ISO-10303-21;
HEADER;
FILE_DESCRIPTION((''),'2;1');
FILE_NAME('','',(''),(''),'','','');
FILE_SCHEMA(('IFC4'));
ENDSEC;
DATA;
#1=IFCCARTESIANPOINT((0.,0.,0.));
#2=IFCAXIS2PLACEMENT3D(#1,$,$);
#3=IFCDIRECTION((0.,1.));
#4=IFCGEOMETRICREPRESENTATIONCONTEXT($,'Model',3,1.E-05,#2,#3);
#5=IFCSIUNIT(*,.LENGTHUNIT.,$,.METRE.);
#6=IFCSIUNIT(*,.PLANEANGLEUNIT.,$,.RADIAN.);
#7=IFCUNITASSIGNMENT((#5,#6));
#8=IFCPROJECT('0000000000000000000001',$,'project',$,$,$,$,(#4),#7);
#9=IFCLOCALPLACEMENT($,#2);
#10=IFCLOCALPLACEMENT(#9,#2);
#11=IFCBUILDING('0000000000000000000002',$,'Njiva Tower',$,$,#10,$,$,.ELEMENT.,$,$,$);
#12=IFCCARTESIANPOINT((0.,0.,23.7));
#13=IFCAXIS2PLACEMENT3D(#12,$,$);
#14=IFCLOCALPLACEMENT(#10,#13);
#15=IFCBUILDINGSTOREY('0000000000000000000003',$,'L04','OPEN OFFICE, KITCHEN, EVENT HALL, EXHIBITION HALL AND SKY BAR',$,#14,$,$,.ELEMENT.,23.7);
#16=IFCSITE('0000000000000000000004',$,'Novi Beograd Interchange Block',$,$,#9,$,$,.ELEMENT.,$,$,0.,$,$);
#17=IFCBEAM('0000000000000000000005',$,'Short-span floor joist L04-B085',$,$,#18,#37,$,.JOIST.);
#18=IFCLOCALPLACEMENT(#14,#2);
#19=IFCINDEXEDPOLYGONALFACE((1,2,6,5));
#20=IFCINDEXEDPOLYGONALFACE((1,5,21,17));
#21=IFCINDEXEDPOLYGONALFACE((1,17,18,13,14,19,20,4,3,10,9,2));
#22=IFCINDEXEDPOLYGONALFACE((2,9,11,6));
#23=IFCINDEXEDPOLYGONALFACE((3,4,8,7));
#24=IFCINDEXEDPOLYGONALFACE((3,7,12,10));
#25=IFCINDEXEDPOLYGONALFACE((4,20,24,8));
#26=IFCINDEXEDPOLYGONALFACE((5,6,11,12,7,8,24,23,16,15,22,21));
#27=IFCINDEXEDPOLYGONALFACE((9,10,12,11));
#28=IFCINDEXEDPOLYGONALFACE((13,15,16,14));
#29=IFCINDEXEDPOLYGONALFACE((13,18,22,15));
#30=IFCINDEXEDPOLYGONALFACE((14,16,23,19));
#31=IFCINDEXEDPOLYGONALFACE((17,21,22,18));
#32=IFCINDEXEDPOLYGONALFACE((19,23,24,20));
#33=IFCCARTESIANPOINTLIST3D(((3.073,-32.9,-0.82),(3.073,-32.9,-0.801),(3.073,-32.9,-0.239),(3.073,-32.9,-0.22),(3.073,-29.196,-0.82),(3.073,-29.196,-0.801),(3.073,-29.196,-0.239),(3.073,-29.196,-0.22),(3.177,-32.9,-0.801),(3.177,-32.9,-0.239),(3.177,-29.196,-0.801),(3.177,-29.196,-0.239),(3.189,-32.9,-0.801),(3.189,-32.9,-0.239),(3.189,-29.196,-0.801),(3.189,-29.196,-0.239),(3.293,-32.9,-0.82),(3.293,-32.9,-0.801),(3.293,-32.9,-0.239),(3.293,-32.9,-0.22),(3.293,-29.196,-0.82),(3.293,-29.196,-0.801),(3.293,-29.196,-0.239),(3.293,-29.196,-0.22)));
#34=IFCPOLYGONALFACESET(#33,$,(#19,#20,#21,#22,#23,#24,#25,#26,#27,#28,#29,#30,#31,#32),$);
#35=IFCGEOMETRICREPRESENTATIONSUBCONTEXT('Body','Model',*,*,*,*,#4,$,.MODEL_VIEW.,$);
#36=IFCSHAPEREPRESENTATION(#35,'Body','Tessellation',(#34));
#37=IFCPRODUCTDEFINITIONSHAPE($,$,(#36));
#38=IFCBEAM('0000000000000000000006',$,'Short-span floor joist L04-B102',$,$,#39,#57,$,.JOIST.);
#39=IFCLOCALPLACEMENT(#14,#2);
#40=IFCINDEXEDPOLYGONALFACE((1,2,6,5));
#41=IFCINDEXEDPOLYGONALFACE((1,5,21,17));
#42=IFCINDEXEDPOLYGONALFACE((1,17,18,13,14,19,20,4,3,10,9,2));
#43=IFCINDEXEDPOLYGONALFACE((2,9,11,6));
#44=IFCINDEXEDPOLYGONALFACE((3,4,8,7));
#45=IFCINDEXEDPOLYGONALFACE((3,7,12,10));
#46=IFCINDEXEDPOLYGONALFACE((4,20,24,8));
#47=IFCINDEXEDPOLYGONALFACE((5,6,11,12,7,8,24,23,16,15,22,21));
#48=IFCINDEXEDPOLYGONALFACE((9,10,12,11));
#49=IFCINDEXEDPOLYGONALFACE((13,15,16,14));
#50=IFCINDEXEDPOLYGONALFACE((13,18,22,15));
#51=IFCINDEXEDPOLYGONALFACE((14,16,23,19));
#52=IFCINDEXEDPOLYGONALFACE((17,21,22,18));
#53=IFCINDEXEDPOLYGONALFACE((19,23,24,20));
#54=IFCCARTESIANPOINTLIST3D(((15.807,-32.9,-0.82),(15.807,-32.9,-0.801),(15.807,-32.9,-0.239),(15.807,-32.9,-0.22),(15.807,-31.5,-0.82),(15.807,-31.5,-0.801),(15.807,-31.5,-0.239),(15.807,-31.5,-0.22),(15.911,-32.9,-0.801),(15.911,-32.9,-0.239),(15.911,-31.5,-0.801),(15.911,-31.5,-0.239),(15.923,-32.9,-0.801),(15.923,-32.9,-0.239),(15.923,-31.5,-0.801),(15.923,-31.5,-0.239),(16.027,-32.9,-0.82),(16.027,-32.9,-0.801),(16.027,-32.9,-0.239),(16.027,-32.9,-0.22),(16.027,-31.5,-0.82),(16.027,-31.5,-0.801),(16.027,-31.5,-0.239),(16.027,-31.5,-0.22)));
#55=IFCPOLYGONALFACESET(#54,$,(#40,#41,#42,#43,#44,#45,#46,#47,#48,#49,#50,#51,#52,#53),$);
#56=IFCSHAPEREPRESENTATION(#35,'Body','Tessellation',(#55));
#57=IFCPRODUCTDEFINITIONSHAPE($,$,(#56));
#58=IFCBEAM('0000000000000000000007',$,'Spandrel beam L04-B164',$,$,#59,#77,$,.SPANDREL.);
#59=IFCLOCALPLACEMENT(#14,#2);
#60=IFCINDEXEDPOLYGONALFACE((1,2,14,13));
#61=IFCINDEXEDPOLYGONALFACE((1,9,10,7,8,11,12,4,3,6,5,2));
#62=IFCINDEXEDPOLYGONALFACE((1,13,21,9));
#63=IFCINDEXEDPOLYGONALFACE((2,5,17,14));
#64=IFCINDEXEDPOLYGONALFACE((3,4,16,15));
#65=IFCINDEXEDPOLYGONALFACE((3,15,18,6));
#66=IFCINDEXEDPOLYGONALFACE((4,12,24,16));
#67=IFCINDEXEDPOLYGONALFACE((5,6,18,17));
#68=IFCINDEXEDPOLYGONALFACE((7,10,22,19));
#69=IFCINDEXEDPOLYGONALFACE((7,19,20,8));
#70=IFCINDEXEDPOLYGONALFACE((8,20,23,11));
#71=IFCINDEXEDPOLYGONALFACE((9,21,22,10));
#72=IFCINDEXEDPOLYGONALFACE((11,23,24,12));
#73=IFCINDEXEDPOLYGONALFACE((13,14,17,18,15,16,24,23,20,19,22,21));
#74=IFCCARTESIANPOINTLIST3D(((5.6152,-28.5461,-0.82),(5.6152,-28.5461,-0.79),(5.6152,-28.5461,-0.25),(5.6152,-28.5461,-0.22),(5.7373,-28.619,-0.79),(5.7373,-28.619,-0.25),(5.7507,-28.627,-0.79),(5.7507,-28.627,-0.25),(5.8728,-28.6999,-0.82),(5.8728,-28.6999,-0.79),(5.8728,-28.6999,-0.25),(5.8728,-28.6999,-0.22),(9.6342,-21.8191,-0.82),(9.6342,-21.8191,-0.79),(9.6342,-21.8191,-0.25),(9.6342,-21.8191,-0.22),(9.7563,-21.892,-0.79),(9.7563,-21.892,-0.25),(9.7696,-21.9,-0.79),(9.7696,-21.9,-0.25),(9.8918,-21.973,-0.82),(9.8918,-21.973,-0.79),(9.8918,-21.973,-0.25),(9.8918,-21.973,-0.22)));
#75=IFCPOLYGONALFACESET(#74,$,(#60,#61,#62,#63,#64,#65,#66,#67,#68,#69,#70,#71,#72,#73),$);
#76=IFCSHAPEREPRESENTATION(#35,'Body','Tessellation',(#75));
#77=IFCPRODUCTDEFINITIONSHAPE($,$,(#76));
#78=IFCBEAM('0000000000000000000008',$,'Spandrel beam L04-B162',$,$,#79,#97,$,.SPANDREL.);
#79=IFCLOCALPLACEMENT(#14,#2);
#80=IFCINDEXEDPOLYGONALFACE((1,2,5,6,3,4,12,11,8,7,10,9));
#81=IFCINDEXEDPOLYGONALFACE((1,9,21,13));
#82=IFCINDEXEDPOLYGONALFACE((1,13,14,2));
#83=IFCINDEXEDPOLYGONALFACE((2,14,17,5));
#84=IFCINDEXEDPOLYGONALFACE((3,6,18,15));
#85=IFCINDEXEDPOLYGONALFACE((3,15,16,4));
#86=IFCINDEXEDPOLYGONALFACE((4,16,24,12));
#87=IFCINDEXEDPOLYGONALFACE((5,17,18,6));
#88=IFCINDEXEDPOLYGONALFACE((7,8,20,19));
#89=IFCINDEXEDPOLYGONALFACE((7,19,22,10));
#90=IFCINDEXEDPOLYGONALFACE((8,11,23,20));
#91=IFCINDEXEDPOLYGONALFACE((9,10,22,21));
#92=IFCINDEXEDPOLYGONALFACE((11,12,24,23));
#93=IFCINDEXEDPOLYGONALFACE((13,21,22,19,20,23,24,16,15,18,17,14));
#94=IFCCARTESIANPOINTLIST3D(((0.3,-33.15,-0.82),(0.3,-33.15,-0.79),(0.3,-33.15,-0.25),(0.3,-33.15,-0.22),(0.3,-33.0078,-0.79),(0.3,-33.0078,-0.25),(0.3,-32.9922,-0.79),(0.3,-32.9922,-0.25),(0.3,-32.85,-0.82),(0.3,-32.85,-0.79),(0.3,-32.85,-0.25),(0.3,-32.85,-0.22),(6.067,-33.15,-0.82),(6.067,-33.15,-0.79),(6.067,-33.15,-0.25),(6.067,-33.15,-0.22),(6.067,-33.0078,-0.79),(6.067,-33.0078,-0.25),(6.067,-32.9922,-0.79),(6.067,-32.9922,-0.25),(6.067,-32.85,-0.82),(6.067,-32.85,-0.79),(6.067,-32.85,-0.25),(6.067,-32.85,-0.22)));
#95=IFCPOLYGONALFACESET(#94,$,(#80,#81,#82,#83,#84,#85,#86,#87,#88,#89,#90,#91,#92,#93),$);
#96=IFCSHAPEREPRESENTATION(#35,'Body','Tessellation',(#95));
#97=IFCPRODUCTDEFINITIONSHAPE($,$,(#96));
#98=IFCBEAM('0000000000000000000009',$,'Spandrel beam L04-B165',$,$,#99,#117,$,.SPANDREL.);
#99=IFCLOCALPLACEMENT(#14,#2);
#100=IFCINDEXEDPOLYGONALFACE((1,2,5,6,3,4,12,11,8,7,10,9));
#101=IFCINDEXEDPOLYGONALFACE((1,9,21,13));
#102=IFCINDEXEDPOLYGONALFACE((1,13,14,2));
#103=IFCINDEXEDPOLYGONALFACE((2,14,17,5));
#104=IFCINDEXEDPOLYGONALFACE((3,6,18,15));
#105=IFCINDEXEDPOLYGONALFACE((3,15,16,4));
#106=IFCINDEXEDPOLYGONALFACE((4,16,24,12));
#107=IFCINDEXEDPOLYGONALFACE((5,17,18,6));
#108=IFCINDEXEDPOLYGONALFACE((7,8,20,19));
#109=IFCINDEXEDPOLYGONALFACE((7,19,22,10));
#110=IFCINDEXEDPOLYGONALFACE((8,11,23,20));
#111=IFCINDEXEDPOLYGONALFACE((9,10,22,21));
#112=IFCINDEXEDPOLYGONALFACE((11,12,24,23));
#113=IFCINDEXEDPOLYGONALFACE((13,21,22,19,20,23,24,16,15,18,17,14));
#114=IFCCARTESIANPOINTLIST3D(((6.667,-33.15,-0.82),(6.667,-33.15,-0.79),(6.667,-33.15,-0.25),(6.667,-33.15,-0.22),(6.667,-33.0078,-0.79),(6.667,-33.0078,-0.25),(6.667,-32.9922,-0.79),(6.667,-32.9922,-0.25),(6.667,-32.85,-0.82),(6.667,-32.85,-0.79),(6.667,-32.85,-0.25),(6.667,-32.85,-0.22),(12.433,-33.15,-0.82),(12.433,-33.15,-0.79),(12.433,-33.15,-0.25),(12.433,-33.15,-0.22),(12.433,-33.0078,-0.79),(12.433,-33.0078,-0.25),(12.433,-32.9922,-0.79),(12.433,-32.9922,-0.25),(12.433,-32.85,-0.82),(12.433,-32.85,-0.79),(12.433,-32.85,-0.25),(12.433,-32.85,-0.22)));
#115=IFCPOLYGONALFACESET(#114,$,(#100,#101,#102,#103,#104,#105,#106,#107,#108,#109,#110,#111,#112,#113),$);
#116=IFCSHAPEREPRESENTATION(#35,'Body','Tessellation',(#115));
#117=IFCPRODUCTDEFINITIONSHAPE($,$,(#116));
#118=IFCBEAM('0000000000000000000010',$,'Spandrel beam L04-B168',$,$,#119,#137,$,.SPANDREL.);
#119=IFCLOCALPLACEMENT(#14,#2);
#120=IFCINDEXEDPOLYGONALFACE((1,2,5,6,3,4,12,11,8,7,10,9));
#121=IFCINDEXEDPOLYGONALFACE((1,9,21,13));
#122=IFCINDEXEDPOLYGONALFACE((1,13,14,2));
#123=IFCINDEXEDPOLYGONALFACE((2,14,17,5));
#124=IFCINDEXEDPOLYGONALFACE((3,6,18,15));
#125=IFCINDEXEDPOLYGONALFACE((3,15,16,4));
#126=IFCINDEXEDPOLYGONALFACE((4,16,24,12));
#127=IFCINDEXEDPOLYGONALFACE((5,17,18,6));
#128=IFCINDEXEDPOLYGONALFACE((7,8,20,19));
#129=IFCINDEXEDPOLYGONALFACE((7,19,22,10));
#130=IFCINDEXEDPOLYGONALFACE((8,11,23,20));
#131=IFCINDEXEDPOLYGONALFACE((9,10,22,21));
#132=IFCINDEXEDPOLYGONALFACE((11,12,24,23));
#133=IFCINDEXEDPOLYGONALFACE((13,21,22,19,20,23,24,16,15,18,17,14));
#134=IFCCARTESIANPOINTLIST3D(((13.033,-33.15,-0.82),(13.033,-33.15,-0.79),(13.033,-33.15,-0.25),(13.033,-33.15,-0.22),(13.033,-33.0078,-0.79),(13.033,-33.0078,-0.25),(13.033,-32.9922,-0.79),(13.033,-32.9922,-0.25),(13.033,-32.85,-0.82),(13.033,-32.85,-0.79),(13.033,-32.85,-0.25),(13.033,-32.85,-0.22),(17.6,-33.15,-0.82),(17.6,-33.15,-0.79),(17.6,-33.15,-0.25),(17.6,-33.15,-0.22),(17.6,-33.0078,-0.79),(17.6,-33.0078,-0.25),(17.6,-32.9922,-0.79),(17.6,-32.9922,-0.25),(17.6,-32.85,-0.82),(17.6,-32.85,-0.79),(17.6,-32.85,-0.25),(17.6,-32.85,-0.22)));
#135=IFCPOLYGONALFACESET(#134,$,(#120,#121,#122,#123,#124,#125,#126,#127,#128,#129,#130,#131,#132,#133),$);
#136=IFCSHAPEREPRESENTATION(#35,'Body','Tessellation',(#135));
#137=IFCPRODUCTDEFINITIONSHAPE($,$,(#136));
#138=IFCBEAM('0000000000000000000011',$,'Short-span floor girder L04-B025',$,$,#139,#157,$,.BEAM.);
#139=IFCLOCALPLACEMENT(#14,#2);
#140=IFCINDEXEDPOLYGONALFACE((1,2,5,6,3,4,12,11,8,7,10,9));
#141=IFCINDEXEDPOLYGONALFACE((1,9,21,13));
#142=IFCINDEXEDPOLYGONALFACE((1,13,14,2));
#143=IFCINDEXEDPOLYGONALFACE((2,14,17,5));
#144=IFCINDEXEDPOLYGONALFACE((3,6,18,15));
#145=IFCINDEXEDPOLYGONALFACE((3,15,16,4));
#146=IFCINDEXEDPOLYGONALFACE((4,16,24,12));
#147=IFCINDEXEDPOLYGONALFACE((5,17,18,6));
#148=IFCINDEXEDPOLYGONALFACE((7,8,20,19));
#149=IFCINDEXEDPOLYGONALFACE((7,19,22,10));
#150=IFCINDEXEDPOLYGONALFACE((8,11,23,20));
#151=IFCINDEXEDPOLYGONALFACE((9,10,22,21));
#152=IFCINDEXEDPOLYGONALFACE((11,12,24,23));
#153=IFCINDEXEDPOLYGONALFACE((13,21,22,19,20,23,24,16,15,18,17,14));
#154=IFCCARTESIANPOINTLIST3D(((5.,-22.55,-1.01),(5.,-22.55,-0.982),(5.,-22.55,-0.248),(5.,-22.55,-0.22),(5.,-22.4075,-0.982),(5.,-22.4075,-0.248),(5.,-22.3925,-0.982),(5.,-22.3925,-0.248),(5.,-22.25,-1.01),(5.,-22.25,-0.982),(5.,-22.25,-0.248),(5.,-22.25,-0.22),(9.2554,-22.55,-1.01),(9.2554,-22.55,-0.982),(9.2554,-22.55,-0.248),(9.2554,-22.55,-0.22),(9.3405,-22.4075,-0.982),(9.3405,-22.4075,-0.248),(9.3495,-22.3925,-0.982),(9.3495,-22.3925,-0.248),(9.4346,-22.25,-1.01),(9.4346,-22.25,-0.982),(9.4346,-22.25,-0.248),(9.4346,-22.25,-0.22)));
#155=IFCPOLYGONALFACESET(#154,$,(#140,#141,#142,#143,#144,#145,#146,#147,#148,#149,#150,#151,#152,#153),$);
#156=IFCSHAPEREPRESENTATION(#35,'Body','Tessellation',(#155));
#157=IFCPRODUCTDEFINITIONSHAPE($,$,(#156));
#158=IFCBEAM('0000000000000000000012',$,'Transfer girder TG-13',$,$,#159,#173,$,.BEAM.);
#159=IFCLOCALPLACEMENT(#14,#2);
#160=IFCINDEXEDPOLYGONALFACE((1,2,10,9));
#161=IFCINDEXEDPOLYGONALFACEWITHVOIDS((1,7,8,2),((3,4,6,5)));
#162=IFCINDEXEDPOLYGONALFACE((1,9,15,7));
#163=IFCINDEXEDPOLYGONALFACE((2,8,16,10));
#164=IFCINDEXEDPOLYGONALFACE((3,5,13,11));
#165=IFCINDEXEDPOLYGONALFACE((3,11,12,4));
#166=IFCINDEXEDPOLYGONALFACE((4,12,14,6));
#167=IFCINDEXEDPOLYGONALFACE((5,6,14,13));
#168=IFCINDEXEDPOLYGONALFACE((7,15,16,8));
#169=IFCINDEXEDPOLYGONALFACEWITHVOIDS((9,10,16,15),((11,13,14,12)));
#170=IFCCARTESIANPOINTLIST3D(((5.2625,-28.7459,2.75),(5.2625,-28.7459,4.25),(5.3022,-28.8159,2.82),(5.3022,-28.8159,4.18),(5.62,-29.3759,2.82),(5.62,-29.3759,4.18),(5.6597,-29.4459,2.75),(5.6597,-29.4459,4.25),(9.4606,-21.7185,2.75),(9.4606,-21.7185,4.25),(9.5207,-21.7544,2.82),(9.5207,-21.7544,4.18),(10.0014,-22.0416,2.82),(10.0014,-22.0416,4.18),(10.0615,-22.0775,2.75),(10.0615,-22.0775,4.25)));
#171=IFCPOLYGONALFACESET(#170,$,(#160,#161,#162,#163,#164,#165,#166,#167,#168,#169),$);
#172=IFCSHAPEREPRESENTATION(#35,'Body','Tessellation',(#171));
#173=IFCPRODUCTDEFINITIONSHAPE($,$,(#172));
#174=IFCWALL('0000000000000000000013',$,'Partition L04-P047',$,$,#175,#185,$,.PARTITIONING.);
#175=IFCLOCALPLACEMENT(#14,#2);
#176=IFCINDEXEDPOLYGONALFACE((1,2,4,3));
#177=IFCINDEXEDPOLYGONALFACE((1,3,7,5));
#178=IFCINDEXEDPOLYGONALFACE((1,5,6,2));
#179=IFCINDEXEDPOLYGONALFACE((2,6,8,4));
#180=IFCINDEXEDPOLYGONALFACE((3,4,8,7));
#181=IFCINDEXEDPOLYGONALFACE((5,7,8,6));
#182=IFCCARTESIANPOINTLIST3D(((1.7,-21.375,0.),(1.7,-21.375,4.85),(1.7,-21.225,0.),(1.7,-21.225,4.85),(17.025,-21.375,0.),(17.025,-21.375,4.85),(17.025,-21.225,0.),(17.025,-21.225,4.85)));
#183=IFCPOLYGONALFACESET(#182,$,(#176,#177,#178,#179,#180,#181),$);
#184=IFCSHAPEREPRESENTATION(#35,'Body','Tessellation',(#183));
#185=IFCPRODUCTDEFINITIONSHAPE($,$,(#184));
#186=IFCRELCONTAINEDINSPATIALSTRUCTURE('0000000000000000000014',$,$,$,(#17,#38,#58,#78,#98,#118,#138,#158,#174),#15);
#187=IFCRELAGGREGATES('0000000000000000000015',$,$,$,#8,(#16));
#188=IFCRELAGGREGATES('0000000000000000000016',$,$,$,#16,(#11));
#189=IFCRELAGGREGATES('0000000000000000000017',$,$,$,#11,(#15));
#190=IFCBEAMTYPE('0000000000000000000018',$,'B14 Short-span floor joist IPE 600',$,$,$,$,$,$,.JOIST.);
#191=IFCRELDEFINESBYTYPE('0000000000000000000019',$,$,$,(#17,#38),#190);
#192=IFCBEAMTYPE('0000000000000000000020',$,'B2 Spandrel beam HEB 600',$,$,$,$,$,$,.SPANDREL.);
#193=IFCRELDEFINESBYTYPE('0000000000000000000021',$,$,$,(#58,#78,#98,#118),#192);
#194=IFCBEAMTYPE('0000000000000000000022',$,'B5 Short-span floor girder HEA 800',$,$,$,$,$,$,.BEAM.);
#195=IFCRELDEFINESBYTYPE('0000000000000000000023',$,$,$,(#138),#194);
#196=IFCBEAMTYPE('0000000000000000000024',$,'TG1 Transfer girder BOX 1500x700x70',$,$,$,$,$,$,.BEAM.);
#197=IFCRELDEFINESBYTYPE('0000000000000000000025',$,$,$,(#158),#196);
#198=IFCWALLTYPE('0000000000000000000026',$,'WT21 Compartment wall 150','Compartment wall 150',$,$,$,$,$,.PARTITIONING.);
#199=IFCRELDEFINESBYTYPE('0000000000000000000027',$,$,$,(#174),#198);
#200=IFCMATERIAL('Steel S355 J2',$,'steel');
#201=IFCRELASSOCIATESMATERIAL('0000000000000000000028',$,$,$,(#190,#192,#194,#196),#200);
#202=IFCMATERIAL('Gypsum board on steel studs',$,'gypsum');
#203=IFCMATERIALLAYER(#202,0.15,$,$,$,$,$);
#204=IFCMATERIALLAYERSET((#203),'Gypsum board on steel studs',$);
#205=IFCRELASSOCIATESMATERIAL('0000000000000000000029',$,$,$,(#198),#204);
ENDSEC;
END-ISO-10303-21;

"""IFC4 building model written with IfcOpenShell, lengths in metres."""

from ifc_helpers import new_model, si_unit, direction, frame, frame_2d, origin, origin_2d, place, context, subcontext, project, spatial, rectangle, hollow_rectangle, i_section, extrude, clip, halfspace, material, layer, layer_set, material_profile, profile_set, type_object, element, save


model = new_model("IFC4")

# Units and contexts
model_context = context("Model", 3, precision=1e-05, world=origin(), true_north=direction((0.0, 1.0)))
body_context = subcontext(model_context, "Body", "Model", "MODEL_VIEW")
ifc_project = project(units=[si_unit("LENGTHUNIT", "METRE"), si_unit("PLANEANGLEUNIT", "RADIAN")], contexts=[model_context])

# Site, building, storey
site_placement = place(None, origin())
site = spatial("IfcSite", under=ifc_project, at=site_placement, Name="Novi Beograd Interchange Block", CompositionType="ELEMENT", RefElevation=0.0)
building_placement = place(site_placement, origin())
building = spatial("IfcBuilding", under=site, at=building_placement, Name="Njiva Tower", CompositionType="ELEMENT")
storey_placement = place(building_placement, frame((0.0, 0.0, 23.7)))
storey = spatial("IfcBuildingStorey", under=building, at=storey_placement, Name="L04", Description="OPEN OFFICE, KITCHEN, EVENT HALL, EXHIBITION HALL AND SKY BAR", CompositionType="ELEMENT", Elevation=23.7)

# Shared definitions
ifc_material_1 = material(Name="Steel S355 J2", Category="steel")

# Beams
ifc_material_profile_1 = material_profile(ifc_material_1, i_section(OverallWidth=0.22, OverallDepth=0.6, WebThickness=0.012, FlangeThickness=0.019, at=origin_2d()), Name="IPE 600")
ifc_profile_set_1 = profile_set([ifc_material_profile_1], Name="Steel S355 J2")
beam_type_1 = type_object("IfcBeamType", Name="B14 Short-span floor joist IPE 600", PredefinedType="JOIST", material=ifc_profile_set_1)
beam_1_placement = place(storey_placement, frame((3.183, -29.196, -0.52), z_axis=(0.0, -1.0, 0.0), x_axis=(1.0, 0.0, 0.0)))
element("IfcBeam", 1, at=beam_1_placement, inside=storey, type_object=beam_type_1, Name="Short-span floor joist L04-B085", PredefinedType="JOIST", context=body_context, shape_type="SweptSolid", body=[
    extrude(i_section(OverallWidth=0.22, OverallDepth=0.6, WebThickness=0.012, FlangeThickness=0.019, at=origin_2d()), origin(), (0.0, 0.0, 1.0), 3.704),
])
beam_2_placement = place(storey_placement, frame((15.917, -31.5, -0.52), z_axis=(0.0, -1.0, 0.0), x_axis=(1.0, 0.0, 0.0)))
element("IfcBeam", 2, at=beam_2_placement, inside=storey, type_object=beam_type_1, Name="Short-span floor joist L04-B102", PredefinedType="JOIST", context=body_context, shape_type="SweptSolid", body=[
    extrude(i_section(OverallWidth=0.22, OverallDepth=0.6, WebThickness=0.012, FlangeThickness=0.019, at=origin_2d()), origin(), (0.0, 0.0, 1.0), 1.4),
])
ifc_material_profile_2 = material_profile(ifc_material_1, i_section(OverallWidth=0.3, OverallDepth=0.6, WebThickness=0.0155, FlangeThickness=0.03, at=origin_2d()), Name="HEB 600")
ifc_profile_set_2 = profile_set([ifc_material_profile_2], Name="Steel S355 J2")
beam_type_2 = type_object("IfcBeamType", Name="B2 Spandrel beam HEB 600", PredefinedType="SPANDREL", material=ifc_profile_set_2)
beam_3_placement = place(storey_placement, frame((5.744, -28.623, -0.52), z_axis=(0.512881, 0.85846, 0.0), x_axis=(-0.85846, 0.512881, 0.0)))
element("IfcBeam", 3, at=beam_3_placement, inside=storey, type_object=beam_type_2, Name="Spandrel beam L04-B164", PredefinedType="SPANDREL", context=body_context, shape_type="SweptSolid", body=[
    extrude(i_section(OverallWidth=0.3, OverallDepth=0.6, WebThickness=0.0155, FlangeThickness=0.03, at=origin_2d()), origin(), (0.0, 0.0, 1.0), 7.8361),
])
beam_4_placement = place(storey_placement, frame((0.3, -33.0, -0.52), z_axis=(1.0, 0.0, 0.0), x_axis=(0.0, 1.0, 0.0)))
element("IfcBeam", 4, at=beam_4_placement, inside=storey, type_object=beam_type_2, Name="Spandrel beam L04-B162", PredefinedType="SPANDREL", context=body_context, shape_type="SweptSolid", body=[
    extrude(i_section(OverallWidth=0.3, OverallDepth=0.6, WebThickness=0.0155, FlangeThickness=0.03, at=origin_2d()), origin(), (0.0, 0.0, 1.0), 5.767),
])
beam_5_placement = place(storey_placement, frame((6.667, -33.0, -0.52), z_axis=(1.0, 0.0, 0.0), x_axis=(0.0, 1.0, 0.0)))
element("IfcBeam", 5, at=beam_5_placement, inside=storey, type_object=beam_type_2, Name="Spandrel beam L04-B165", PredefinedType="SPANDREL", context=body_context, shape_type="SweptSolid", body=[
    extrude(i_section(OverallWidth=0.3, OverallDepth=0.6, WebThickness=0.0155, FlangeThickness=0.03, at=origin_2d()), origin(), (0.0, 0.0, 1.0), 5.766),
])
beam_6_placement = place(storey_placement, frame((13.033, -33.0, -0.52), z_axis=(1.0, 0.0, 0.0), x_axis=(0.0, 1.0, 0.0)))
element("IfcBeam", 6, at=beam_6_placement, inside=storey, type_object=beam_type_2, Name="Spandrel beam L04-B168", PredefinedType="SPANDREL", context=body_context, shape_type="SweptSolid", body=[
    extrude(i_section(OverallWidth=0.3, OverallDepth=0.6, WebThickness=0.0155, FlangeThickness=0.03, at=origin_2d()), origin(), (0.0, 0.0, 1.0), 4.567),
])
ifc_material_profile_3 = material_profile(ifc_material_1, i_section(OverallWidth=0.3, OverallDepth=0.79, WebThickness=0.015, FlangeThickness=0.028, at=origin_2d()), Name="HEA 800")
ifc_profile_set_3 = profile_set([ifc_material_profile_3], Name="Steel S355 J2")
beam_type_3 = type_object("IfcBeamType", Name="B5 Short-span floor girder HEA 800", PredefinedType="BEAM", material=ifc_profile_set_3)
beam_7_placement = place(storey_placement, frame((5.0, -22.4, -0.615), z_axis=(1.0, 0.0, 0.0), x_axis=(0.0, 1.0, 0.0)))
element("IfcBeam", 7, at=beam_7_placement, inside=storey, type_object=beam_type_3, Name="Short-span floor girder L04-B025", PredefinedType="BEAM", context=body_context, shape_type="Clipping", body=[
    clip(extrude(i_section(OverallWidth=0.3, OverallDepth=0.79, WebThickness=0.015, FlangeThickness=0.028, at=origin_2d()), origin(), (0.0, 0.0, 1.0), 4.455), halfspace(frame((-0.0256, 0.0, 4.3297), z_axis=(-0.512842, 0.0, 0.858483), x_axis=(0.0, 1.0, 0.0)), False)),
])
ifc_material_profile_4 = material_profile(ifc_material_1, hollow_rectangle(XDim=0.7, YDim=1.5, WallThickness=0.07, at=origin_2d()), Name="BOX 1500x700x70")
ifc_profile_set_4 = profile_set([ifc_material_profile_4], Name="Steel S355 J2")
beam_type_4 = type_object("IfcBeamType", Name="TG1 Transfer girder BOX 1500x700x70", PredefinedType="BEAM", material=ifc_profile_set_4)
beam_8_placement = place(storey_placement, frame((5.3436, -29.2926, 3.5), z_axis=(0.512846, 0.858481, 0.0), x_axis=(-0.858481, 0.512846, 0.0)))
element("IfcBeam", 8, at=beam_8_placement, inside=storey, type_object=beam_type_4, Name="Transfer girder TG-13", PredefinedType="BEAM", context=body_context, shape_type="Clipping", body=[
    clip(extrude(hollow_rectangle(XDim=0.7, YDim=1.5, WallThickness=0.07, at=origin_2d()), origin(), (0.0, 0.0, 1.0), 8.6136), halfspace(frame((-0.0005, 0.0, 0.2288), z_axis=(0.493529, 0.0, -0.869729), x_axis=(0.0, -1.0, 0.0)), False)),
])

# Wall
ifc_material_2 = material(Name="Gypsum board on steel studs", Category="gypsum")
ifc_layer_1 = layer(ifc_material_2, 0.15)
ifc_layer_set_1 = layer_set([ifc_layer_1], Name="Gypsum board on steel studs")
wall_type_1 = type_object("IfcWallType", Name="WT21 Compartment wall 150", Description="Compartment wall 150", PredefinedType="PARTITIONING", material=ifc_layer_set_1)
wall_1_placement = place(storey_placement, frame((1.7, -21.3, 0.0), z_axis=(0.0, 0.0, 1.0), x_axis=(1.0, 0.0, 0.0)))
element("IfcWall", 9, at=wall_1_placement, inside=storey, type_object=wall_type_1, Name="Partition L04-P047", PredefinedType="PARTITIONING", context=body_context, shape_type="SweptSolid", body=[
    extrude(rectangle(XDim=15.325, YDim=0.15, at=frame_2d((7.6625, 0.0))), origin(), (0.0, 0.0, 1.0), 4.85),
])

save(model, "model.ifc")
